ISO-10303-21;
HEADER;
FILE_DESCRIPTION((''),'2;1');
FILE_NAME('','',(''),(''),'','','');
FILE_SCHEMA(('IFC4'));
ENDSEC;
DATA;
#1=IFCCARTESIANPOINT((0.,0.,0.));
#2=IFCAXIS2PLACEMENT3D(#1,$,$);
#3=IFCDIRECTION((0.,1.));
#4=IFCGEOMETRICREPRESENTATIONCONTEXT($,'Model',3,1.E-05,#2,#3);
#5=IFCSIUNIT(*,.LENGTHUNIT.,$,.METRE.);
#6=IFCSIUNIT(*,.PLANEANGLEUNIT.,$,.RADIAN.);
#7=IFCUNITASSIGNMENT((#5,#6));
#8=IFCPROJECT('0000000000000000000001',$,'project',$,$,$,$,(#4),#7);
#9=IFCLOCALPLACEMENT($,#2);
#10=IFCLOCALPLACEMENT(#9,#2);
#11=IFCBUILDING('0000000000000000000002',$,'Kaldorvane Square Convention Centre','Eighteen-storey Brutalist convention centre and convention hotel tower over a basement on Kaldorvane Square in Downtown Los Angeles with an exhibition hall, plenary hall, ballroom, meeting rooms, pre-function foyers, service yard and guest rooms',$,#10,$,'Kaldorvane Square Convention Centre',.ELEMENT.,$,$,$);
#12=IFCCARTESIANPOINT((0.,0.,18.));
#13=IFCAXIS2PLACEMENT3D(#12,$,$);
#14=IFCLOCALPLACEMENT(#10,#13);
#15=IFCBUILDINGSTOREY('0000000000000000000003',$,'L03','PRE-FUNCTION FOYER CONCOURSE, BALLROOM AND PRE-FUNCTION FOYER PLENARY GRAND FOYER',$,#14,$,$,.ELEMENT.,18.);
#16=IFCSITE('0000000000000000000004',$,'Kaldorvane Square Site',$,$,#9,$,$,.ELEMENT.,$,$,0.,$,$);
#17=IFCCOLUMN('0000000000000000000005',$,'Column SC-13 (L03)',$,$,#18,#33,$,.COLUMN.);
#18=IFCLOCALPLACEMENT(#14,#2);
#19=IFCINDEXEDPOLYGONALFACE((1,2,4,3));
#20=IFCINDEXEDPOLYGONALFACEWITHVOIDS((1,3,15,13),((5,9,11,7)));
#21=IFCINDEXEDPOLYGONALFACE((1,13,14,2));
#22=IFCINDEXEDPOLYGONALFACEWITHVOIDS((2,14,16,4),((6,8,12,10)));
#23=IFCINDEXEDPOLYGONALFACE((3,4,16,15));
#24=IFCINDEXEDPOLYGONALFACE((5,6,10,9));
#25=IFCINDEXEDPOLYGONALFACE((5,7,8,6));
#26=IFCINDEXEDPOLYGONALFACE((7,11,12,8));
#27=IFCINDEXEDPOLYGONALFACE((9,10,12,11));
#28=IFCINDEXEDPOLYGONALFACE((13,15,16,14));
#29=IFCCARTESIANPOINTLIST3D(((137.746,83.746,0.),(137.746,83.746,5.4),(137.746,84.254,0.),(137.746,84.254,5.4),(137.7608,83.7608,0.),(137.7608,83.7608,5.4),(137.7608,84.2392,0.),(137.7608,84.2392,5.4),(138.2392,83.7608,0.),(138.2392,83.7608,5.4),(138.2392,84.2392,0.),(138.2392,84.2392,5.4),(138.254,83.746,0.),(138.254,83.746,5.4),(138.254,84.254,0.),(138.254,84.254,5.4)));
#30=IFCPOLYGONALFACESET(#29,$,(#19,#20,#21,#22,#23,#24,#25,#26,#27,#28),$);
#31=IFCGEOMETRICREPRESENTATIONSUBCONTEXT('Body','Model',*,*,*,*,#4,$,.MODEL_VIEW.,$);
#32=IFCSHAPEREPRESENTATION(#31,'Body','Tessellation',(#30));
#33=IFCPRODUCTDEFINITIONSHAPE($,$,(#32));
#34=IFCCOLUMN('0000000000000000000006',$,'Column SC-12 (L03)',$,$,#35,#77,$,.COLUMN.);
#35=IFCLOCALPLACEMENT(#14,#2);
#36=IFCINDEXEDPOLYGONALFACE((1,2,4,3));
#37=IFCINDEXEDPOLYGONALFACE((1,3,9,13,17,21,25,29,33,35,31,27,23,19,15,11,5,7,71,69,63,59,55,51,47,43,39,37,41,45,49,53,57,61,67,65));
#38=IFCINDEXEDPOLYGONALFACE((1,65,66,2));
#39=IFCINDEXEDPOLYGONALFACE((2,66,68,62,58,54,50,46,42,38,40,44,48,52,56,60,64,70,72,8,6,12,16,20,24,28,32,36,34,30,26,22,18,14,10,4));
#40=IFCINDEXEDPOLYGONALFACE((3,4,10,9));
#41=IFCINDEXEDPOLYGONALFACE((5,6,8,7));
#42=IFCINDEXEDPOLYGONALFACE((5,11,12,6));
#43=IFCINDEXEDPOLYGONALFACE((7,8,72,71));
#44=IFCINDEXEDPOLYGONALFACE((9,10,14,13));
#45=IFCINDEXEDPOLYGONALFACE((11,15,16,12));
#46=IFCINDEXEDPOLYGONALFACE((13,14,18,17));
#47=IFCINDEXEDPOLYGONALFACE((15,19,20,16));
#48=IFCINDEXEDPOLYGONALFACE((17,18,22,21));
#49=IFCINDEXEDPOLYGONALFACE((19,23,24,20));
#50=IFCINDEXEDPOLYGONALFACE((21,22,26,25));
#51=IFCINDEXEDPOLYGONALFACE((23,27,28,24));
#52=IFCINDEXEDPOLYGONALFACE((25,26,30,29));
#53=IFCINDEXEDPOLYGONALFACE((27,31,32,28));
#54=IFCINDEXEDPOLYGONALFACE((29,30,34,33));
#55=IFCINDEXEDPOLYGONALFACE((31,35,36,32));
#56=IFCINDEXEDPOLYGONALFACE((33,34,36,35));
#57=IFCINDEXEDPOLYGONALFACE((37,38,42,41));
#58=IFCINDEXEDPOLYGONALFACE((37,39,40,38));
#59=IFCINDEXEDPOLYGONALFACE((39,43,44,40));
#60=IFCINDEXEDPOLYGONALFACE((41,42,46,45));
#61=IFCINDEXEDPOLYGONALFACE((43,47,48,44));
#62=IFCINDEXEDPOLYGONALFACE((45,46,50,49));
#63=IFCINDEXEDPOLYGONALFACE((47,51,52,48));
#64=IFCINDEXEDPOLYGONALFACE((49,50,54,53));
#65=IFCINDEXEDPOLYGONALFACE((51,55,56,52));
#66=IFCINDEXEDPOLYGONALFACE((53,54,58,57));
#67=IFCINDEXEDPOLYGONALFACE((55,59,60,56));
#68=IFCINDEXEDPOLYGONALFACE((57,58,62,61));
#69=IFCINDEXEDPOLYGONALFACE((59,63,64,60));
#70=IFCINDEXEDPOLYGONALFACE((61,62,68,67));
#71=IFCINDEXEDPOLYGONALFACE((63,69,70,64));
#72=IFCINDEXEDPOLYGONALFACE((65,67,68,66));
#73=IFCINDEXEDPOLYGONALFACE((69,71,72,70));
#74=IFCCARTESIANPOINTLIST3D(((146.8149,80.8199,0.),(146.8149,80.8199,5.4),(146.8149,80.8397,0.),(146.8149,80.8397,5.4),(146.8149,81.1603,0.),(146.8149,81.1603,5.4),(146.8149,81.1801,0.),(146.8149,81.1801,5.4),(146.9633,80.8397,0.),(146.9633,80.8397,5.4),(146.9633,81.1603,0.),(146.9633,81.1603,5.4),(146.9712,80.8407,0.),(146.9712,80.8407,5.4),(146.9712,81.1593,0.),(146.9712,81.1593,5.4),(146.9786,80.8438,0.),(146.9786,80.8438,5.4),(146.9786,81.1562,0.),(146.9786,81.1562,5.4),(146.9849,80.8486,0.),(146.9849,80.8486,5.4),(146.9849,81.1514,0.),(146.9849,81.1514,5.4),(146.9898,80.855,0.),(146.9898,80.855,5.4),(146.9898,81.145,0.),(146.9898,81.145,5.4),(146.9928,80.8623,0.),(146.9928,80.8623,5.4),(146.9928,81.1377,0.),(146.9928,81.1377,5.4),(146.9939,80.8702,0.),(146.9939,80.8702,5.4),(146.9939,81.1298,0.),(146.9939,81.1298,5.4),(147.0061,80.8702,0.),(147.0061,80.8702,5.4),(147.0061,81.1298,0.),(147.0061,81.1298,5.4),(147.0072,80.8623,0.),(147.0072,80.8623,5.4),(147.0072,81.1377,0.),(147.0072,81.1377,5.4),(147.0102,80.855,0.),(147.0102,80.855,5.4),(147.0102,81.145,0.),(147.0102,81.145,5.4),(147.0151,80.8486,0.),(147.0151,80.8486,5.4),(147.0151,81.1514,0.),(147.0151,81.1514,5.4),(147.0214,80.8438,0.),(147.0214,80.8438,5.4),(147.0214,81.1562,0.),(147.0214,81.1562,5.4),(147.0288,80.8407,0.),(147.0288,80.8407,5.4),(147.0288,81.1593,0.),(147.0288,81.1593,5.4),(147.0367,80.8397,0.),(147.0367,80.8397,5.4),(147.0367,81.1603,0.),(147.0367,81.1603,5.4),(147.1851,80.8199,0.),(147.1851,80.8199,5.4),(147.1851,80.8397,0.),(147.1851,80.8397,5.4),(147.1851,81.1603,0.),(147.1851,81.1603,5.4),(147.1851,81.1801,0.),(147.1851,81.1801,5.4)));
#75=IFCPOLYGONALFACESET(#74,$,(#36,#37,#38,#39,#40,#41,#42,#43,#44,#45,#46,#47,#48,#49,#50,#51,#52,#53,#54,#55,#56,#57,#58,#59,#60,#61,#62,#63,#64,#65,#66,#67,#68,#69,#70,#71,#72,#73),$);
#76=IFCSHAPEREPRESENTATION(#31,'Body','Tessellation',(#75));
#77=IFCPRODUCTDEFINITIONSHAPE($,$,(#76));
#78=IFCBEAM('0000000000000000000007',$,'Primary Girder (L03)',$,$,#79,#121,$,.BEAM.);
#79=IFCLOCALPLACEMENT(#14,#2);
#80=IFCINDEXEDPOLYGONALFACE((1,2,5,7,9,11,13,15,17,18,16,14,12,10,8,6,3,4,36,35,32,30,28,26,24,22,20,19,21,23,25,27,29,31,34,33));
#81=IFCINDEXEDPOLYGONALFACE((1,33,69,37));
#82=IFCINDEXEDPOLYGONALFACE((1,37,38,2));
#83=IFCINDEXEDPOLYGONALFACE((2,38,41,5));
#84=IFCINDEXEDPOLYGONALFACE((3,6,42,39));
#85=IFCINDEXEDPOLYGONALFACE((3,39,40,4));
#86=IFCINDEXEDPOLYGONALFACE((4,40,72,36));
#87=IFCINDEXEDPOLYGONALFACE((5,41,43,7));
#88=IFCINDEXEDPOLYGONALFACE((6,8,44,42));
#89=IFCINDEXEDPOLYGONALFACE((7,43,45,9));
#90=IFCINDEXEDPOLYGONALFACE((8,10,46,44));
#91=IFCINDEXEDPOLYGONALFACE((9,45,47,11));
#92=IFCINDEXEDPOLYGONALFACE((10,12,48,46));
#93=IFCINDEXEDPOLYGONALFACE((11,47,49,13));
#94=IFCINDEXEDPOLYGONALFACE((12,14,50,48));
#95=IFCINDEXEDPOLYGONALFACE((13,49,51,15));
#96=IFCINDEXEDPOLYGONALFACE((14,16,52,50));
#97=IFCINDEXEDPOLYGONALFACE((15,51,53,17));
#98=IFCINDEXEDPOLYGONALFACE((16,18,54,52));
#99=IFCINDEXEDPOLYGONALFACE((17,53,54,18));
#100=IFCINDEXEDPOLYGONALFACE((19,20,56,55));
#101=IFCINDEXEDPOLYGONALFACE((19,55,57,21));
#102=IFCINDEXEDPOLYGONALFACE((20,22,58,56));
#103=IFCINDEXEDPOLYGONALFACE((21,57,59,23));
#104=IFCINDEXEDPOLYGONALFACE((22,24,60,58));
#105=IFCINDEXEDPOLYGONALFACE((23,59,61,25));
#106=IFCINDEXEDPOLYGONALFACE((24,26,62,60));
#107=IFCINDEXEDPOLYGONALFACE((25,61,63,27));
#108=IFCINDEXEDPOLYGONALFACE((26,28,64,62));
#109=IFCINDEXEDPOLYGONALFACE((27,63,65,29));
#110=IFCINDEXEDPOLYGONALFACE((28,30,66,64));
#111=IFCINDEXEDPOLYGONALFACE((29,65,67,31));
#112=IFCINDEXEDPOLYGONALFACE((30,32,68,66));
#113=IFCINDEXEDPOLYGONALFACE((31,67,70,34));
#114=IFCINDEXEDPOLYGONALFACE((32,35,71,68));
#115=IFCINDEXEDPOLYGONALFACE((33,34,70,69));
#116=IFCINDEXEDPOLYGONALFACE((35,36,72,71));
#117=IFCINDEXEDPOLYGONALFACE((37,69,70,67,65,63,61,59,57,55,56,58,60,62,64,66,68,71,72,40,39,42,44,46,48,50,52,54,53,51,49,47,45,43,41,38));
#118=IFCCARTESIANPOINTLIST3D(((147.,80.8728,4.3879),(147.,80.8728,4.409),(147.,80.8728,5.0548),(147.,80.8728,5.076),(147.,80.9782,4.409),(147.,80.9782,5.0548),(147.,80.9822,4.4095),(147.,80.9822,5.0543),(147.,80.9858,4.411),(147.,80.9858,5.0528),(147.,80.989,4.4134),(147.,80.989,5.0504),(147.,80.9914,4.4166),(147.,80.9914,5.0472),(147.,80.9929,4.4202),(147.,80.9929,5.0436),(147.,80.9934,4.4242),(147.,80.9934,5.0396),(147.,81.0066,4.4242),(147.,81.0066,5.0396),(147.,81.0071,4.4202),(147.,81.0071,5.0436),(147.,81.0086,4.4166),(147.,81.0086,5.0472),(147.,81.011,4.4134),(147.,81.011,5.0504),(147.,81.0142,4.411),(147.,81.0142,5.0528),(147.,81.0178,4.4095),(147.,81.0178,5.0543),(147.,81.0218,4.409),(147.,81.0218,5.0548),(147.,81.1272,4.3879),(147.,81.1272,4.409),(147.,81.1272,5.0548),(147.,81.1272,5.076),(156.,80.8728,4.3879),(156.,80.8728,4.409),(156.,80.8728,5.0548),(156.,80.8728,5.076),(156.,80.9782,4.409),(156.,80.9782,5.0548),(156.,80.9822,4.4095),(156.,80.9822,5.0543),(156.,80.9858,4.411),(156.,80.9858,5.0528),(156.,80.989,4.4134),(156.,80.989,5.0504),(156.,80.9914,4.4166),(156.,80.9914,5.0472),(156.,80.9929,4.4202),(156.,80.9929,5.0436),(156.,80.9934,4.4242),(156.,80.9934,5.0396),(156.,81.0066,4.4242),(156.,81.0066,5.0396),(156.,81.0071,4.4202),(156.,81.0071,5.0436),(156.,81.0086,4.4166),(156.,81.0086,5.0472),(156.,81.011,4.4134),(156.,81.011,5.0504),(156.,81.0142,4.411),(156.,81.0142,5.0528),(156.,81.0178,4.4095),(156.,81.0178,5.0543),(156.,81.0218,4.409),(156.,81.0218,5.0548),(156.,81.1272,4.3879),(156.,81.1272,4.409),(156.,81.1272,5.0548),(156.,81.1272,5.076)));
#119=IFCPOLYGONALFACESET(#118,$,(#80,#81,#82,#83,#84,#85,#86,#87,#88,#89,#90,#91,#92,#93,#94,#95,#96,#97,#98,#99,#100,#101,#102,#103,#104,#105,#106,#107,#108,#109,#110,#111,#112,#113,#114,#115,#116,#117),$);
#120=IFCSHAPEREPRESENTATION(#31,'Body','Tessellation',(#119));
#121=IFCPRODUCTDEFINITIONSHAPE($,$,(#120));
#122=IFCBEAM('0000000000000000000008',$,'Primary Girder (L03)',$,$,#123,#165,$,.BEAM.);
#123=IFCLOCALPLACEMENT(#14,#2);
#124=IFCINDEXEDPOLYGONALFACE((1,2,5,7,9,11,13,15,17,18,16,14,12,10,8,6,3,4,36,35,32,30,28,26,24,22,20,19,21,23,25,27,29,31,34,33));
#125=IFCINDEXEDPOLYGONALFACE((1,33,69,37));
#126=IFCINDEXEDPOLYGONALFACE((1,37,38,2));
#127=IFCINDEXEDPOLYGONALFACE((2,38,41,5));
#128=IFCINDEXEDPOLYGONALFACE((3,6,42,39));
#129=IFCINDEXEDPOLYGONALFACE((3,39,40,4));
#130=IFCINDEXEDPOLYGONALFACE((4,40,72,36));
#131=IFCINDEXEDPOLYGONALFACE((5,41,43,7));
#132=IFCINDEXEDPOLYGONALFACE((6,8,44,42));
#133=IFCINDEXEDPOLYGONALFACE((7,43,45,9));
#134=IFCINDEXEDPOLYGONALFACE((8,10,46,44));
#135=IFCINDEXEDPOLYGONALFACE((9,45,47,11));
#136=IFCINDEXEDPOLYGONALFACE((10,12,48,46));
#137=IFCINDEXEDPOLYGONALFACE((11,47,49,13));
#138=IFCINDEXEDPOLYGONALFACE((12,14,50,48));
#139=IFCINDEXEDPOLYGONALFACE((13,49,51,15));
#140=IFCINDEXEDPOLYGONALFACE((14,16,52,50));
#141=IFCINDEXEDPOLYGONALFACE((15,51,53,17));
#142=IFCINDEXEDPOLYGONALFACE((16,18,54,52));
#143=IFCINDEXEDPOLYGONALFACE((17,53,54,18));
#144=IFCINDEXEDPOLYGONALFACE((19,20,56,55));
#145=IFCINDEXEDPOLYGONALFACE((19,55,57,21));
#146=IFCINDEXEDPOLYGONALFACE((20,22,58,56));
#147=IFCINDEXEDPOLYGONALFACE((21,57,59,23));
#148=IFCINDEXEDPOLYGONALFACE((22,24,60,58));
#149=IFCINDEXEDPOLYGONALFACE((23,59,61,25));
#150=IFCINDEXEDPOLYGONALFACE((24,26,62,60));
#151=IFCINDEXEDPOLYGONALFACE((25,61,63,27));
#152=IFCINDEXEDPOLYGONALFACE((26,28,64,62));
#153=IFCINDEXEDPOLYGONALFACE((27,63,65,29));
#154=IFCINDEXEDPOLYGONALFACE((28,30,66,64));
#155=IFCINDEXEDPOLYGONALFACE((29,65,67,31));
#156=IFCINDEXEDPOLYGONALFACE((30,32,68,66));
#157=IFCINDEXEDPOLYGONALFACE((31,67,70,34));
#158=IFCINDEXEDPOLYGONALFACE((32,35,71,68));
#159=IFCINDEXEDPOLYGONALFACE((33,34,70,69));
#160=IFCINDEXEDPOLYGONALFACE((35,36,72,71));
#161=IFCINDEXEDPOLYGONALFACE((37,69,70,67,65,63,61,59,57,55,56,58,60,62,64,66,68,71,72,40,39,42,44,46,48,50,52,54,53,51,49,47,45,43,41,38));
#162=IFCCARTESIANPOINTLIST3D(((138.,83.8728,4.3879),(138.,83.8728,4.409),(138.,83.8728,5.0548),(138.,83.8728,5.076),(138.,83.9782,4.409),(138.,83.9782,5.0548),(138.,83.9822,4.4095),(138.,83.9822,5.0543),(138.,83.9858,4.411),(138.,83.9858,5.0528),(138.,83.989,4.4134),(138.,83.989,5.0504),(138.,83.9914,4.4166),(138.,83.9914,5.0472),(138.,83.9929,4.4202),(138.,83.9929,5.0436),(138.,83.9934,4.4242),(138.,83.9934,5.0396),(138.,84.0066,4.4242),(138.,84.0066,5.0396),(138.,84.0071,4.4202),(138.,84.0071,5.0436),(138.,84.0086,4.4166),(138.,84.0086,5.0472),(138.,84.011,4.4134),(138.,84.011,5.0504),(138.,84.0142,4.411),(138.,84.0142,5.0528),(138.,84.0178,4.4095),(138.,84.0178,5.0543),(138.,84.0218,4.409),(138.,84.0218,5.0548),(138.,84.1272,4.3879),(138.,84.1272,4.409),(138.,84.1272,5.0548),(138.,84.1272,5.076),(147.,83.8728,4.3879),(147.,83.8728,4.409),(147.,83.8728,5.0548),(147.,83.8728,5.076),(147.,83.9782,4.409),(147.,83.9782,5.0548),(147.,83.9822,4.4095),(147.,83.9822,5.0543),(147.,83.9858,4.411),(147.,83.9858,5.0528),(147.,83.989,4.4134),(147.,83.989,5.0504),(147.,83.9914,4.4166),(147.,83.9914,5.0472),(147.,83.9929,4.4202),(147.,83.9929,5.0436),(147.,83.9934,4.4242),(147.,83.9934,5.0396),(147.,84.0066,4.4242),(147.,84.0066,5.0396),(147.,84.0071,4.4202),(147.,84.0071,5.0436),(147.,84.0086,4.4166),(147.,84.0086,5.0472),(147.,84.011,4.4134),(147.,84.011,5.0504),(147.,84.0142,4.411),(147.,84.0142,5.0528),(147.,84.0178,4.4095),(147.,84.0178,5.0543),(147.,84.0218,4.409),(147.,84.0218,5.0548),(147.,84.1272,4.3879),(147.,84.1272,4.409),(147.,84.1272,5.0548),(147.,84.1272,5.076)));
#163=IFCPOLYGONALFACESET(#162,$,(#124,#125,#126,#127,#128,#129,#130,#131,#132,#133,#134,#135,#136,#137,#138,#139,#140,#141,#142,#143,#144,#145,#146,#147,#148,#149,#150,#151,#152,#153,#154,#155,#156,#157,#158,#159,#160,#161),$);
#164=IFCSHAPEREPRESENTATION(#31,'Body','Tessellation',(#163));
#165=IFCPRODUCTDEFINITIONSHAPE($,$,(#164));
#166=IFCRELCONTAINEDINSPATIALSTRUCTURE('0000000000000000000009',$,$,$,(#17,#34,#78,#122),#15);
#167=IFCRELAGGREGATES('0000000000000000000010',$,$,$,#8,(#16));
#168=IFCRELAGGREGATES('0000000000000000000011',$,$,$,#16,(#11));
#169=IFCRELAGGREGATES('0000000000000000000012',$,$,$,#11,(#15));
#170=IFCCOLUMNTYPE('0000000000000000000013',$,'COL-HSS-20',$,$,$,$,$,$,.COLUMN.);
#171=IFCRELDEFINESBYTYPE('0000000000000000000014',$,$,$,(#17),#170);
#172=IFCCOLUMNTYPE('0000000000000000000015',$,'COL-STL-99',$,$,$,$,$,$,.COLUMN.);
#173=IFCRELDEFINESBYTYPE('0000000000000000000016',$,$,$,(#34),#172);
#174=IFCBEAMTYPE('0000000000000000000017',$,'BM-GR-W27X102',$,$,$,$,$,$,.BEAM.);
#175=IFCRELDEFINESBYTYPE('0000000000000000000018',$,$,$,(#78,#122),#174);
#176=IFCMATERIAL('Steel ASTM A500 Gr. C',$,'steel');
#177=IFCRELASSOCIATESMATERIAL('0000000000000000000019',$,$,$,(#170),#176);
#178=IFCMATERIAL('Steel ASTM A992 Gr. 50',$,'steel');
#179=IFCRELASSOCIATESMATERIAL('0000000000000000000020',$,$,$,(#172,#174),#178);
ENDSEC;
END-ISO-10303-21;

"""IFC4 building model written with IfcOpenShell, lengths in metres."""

from ifc_helpers import new_model, si_unit, direction, frame, origin, origin_2d, place, context, subcontext, project, spatial, hollow_rectangle, i_section, extrude, material, material_profile, profile_set, type_object, element, save


model = new_model("IFC4")

# Units and contexts
model_context = context("Model", 3, precision=1e-05, world=origin(), true_north=direction((0.0, 1.0)))
body_context = subcontext(model_context, "Body", "Model", "MODEL_VIEW")
ifc_project = project(units=[si_unit("LENGTHUNIT", "METRE"), si_unit("PLANEANGLEUNIT", "RADIAN")], contexts=[model_context])

# Site, building, storey
site_placement = place(None, origin())
site = spatial("IfcSite", under=ifc_project, at=site_placement, Name="Kaldorvane Square Site", CompositionType="ELEMENT", RefElevation=0.0)
building_placement = place(site_placement, origin())
building = spatial("IfcBuilding", under=site, at=building_placement, Name="Kaldorvane Square Convention Centre", Description="Eighteen-storey Brutalist convention centre and convention hotel tower over a basement on Kaldorvane Square in Downtown Los Angeles with an exhibition hall, plenary hall, ballroom, meeting rooms, pre-function foyers, service yard and guest rooms", LongName="Kaldorvane Square Convention Centre", CompositionType="ELEMENT")
storey_placement = place(building_placement, frame((0.0, 0.0, 18.0)))
storey = spatial("IfcBuildingStorey", under=building, at=storey_placement, Name="L03", Description="PRE-FUNCTION FOYER CONCOURSE, BALLROOM AND PRE-FUNCTION FOYER PLENARY GRAND FOYER", CompositionType="ELEMENT", Elevation=18.0)

# Columns
ifc_material_1 = material(Name="Steel ASTM A500 Gr. C", Category="steel")
ifc_material_profile_1 = material_profile(ifc_material_1, hollow_rectangle(XDim=0.508, YDim=0.508, WallThickness=0.0148, at=origin_2d()), Name="HSS20X20X5/8")
ifc_profile_set_1 = profile_set([ifc_material_profile_1], Name="Steel ASTM A500 Gr. C")
column_type_1 = type_object("IfcColumnType", Name="COL-HSS-20", PredefinedType="COLUMN", material=ifc_profile_set_1)
column_1_placement = place(storey_placement, frame((138.0, 84.0, 0.0), z_axis=(0.0, 0.0, 1.0), x_axis=(1.0, 0.0, 0.0)))
element("IfcColumn", 1, at=column_1_placement, inside=storey, type_object=column_type_1, Name="Column SC-13 (L03)", PredefinedType="COLUMN", context=body_context, shape_type="SweptSolid", body=[
    extrude(hollow_rectangle(XDim=0.508, YDim=0.508, WallThickness=0.0148, at=origin_2d()), origin(), (0.0, 0.0, 1.0), 5.4),
])
ifc_material_2 = material(Name="Steel ASTM A992 Gr. 50", Category="steel")
ifc_material_profile_2 = material_profile(ifc_material_2, i_section(OverallWidth=0.3701, OverallDepth=0.3602, WebThickness=0.0123, FlangeThickness=0.0198, FilletRadius=0.0305, at=origin_2d()), Name="W14X99")
ifc_profile_set_2 = profile_set([ifc_material_profile_2], Name="Steel ASTM A992 Gr. 50")
column_type_2 = type_object("IfcColumnType", Name="COL-STL-99", PredefinedType="COLUMN", material=ifc_profile_set_2)
column_2_placement = place(storey_placement, frame((147.0, 81.0, 0.0), z_axis=(0.0, 0.0, 1.0), x_axis=(1.0, 0.0, 0.0)))
element("IfcColumn", 2, at=column_2_placement, inside=storey, type_object=column_type_2, Name="Column SC-12 (L03)", PredefinedType="COLUMN", context=body_context, shape_type="SweptSolid", body=[
    extrude(i_section(OverallWidth=0.3701, OverallDepth=0.3602, WebThickness=0.0123, FlangeThickness=0.0198, FilletRadius=0.0305, at=origin_2d()), origin(), (0.0, 0.0, 1.0), 5.4),
])

# Beams
ifc_material_profile_3 = material_profile(ifc_material_2, i_section(OverallWidth=0.2544, OverallDepth=0.6881, WebThickness=0.0131, FlangeThickness=0.0211, FilletRadius=0.0152, at=origin_2d()), Name="W27X102")
ifc_profile_set_3 = profile_set([ifc_material_profile_3], Name="Steel ASTM A992 Gr. 50")
beam_type_1 = type_object("IfcBeamType", Name="BM-GR-W27X102", PredefinedType="BEAM", material=ifc_profile_set_3)
for number, where, z_axis, x_axis, name in (
    (3, (147.0, 81.0, 4.7319), (1.0, 0.0, 0.0), (0.0, 1.0, 0.0), "Primary Girder (L03)"),
    (4, (138.0, 84.0, 4.7319), (1.0, 0.0, 0.0), (0.0, 1.0, 0.0), "Primary Girder (L03)"),
):
    element("IfcBeam", number, at=place(storey_placement, frame(where, z_axis=z_axis, x_axis=x_axis)), inside=storey, type_object=beam_type_1, Name=name, PredefinedType="BEAM", context=body_context, shape_type="SweptSolid", body=[
        extrude(i_section(OverallWidth=0.2544, OverallDepth=0.6881, WebThickness=0.0131, FlangeThickness=0.0211, FilletRadius=0.0152, at=origin_2d()), origin(), (0.0, 0.0, 1.0), 9.0),
    ])

save(model, "model.ifc")
